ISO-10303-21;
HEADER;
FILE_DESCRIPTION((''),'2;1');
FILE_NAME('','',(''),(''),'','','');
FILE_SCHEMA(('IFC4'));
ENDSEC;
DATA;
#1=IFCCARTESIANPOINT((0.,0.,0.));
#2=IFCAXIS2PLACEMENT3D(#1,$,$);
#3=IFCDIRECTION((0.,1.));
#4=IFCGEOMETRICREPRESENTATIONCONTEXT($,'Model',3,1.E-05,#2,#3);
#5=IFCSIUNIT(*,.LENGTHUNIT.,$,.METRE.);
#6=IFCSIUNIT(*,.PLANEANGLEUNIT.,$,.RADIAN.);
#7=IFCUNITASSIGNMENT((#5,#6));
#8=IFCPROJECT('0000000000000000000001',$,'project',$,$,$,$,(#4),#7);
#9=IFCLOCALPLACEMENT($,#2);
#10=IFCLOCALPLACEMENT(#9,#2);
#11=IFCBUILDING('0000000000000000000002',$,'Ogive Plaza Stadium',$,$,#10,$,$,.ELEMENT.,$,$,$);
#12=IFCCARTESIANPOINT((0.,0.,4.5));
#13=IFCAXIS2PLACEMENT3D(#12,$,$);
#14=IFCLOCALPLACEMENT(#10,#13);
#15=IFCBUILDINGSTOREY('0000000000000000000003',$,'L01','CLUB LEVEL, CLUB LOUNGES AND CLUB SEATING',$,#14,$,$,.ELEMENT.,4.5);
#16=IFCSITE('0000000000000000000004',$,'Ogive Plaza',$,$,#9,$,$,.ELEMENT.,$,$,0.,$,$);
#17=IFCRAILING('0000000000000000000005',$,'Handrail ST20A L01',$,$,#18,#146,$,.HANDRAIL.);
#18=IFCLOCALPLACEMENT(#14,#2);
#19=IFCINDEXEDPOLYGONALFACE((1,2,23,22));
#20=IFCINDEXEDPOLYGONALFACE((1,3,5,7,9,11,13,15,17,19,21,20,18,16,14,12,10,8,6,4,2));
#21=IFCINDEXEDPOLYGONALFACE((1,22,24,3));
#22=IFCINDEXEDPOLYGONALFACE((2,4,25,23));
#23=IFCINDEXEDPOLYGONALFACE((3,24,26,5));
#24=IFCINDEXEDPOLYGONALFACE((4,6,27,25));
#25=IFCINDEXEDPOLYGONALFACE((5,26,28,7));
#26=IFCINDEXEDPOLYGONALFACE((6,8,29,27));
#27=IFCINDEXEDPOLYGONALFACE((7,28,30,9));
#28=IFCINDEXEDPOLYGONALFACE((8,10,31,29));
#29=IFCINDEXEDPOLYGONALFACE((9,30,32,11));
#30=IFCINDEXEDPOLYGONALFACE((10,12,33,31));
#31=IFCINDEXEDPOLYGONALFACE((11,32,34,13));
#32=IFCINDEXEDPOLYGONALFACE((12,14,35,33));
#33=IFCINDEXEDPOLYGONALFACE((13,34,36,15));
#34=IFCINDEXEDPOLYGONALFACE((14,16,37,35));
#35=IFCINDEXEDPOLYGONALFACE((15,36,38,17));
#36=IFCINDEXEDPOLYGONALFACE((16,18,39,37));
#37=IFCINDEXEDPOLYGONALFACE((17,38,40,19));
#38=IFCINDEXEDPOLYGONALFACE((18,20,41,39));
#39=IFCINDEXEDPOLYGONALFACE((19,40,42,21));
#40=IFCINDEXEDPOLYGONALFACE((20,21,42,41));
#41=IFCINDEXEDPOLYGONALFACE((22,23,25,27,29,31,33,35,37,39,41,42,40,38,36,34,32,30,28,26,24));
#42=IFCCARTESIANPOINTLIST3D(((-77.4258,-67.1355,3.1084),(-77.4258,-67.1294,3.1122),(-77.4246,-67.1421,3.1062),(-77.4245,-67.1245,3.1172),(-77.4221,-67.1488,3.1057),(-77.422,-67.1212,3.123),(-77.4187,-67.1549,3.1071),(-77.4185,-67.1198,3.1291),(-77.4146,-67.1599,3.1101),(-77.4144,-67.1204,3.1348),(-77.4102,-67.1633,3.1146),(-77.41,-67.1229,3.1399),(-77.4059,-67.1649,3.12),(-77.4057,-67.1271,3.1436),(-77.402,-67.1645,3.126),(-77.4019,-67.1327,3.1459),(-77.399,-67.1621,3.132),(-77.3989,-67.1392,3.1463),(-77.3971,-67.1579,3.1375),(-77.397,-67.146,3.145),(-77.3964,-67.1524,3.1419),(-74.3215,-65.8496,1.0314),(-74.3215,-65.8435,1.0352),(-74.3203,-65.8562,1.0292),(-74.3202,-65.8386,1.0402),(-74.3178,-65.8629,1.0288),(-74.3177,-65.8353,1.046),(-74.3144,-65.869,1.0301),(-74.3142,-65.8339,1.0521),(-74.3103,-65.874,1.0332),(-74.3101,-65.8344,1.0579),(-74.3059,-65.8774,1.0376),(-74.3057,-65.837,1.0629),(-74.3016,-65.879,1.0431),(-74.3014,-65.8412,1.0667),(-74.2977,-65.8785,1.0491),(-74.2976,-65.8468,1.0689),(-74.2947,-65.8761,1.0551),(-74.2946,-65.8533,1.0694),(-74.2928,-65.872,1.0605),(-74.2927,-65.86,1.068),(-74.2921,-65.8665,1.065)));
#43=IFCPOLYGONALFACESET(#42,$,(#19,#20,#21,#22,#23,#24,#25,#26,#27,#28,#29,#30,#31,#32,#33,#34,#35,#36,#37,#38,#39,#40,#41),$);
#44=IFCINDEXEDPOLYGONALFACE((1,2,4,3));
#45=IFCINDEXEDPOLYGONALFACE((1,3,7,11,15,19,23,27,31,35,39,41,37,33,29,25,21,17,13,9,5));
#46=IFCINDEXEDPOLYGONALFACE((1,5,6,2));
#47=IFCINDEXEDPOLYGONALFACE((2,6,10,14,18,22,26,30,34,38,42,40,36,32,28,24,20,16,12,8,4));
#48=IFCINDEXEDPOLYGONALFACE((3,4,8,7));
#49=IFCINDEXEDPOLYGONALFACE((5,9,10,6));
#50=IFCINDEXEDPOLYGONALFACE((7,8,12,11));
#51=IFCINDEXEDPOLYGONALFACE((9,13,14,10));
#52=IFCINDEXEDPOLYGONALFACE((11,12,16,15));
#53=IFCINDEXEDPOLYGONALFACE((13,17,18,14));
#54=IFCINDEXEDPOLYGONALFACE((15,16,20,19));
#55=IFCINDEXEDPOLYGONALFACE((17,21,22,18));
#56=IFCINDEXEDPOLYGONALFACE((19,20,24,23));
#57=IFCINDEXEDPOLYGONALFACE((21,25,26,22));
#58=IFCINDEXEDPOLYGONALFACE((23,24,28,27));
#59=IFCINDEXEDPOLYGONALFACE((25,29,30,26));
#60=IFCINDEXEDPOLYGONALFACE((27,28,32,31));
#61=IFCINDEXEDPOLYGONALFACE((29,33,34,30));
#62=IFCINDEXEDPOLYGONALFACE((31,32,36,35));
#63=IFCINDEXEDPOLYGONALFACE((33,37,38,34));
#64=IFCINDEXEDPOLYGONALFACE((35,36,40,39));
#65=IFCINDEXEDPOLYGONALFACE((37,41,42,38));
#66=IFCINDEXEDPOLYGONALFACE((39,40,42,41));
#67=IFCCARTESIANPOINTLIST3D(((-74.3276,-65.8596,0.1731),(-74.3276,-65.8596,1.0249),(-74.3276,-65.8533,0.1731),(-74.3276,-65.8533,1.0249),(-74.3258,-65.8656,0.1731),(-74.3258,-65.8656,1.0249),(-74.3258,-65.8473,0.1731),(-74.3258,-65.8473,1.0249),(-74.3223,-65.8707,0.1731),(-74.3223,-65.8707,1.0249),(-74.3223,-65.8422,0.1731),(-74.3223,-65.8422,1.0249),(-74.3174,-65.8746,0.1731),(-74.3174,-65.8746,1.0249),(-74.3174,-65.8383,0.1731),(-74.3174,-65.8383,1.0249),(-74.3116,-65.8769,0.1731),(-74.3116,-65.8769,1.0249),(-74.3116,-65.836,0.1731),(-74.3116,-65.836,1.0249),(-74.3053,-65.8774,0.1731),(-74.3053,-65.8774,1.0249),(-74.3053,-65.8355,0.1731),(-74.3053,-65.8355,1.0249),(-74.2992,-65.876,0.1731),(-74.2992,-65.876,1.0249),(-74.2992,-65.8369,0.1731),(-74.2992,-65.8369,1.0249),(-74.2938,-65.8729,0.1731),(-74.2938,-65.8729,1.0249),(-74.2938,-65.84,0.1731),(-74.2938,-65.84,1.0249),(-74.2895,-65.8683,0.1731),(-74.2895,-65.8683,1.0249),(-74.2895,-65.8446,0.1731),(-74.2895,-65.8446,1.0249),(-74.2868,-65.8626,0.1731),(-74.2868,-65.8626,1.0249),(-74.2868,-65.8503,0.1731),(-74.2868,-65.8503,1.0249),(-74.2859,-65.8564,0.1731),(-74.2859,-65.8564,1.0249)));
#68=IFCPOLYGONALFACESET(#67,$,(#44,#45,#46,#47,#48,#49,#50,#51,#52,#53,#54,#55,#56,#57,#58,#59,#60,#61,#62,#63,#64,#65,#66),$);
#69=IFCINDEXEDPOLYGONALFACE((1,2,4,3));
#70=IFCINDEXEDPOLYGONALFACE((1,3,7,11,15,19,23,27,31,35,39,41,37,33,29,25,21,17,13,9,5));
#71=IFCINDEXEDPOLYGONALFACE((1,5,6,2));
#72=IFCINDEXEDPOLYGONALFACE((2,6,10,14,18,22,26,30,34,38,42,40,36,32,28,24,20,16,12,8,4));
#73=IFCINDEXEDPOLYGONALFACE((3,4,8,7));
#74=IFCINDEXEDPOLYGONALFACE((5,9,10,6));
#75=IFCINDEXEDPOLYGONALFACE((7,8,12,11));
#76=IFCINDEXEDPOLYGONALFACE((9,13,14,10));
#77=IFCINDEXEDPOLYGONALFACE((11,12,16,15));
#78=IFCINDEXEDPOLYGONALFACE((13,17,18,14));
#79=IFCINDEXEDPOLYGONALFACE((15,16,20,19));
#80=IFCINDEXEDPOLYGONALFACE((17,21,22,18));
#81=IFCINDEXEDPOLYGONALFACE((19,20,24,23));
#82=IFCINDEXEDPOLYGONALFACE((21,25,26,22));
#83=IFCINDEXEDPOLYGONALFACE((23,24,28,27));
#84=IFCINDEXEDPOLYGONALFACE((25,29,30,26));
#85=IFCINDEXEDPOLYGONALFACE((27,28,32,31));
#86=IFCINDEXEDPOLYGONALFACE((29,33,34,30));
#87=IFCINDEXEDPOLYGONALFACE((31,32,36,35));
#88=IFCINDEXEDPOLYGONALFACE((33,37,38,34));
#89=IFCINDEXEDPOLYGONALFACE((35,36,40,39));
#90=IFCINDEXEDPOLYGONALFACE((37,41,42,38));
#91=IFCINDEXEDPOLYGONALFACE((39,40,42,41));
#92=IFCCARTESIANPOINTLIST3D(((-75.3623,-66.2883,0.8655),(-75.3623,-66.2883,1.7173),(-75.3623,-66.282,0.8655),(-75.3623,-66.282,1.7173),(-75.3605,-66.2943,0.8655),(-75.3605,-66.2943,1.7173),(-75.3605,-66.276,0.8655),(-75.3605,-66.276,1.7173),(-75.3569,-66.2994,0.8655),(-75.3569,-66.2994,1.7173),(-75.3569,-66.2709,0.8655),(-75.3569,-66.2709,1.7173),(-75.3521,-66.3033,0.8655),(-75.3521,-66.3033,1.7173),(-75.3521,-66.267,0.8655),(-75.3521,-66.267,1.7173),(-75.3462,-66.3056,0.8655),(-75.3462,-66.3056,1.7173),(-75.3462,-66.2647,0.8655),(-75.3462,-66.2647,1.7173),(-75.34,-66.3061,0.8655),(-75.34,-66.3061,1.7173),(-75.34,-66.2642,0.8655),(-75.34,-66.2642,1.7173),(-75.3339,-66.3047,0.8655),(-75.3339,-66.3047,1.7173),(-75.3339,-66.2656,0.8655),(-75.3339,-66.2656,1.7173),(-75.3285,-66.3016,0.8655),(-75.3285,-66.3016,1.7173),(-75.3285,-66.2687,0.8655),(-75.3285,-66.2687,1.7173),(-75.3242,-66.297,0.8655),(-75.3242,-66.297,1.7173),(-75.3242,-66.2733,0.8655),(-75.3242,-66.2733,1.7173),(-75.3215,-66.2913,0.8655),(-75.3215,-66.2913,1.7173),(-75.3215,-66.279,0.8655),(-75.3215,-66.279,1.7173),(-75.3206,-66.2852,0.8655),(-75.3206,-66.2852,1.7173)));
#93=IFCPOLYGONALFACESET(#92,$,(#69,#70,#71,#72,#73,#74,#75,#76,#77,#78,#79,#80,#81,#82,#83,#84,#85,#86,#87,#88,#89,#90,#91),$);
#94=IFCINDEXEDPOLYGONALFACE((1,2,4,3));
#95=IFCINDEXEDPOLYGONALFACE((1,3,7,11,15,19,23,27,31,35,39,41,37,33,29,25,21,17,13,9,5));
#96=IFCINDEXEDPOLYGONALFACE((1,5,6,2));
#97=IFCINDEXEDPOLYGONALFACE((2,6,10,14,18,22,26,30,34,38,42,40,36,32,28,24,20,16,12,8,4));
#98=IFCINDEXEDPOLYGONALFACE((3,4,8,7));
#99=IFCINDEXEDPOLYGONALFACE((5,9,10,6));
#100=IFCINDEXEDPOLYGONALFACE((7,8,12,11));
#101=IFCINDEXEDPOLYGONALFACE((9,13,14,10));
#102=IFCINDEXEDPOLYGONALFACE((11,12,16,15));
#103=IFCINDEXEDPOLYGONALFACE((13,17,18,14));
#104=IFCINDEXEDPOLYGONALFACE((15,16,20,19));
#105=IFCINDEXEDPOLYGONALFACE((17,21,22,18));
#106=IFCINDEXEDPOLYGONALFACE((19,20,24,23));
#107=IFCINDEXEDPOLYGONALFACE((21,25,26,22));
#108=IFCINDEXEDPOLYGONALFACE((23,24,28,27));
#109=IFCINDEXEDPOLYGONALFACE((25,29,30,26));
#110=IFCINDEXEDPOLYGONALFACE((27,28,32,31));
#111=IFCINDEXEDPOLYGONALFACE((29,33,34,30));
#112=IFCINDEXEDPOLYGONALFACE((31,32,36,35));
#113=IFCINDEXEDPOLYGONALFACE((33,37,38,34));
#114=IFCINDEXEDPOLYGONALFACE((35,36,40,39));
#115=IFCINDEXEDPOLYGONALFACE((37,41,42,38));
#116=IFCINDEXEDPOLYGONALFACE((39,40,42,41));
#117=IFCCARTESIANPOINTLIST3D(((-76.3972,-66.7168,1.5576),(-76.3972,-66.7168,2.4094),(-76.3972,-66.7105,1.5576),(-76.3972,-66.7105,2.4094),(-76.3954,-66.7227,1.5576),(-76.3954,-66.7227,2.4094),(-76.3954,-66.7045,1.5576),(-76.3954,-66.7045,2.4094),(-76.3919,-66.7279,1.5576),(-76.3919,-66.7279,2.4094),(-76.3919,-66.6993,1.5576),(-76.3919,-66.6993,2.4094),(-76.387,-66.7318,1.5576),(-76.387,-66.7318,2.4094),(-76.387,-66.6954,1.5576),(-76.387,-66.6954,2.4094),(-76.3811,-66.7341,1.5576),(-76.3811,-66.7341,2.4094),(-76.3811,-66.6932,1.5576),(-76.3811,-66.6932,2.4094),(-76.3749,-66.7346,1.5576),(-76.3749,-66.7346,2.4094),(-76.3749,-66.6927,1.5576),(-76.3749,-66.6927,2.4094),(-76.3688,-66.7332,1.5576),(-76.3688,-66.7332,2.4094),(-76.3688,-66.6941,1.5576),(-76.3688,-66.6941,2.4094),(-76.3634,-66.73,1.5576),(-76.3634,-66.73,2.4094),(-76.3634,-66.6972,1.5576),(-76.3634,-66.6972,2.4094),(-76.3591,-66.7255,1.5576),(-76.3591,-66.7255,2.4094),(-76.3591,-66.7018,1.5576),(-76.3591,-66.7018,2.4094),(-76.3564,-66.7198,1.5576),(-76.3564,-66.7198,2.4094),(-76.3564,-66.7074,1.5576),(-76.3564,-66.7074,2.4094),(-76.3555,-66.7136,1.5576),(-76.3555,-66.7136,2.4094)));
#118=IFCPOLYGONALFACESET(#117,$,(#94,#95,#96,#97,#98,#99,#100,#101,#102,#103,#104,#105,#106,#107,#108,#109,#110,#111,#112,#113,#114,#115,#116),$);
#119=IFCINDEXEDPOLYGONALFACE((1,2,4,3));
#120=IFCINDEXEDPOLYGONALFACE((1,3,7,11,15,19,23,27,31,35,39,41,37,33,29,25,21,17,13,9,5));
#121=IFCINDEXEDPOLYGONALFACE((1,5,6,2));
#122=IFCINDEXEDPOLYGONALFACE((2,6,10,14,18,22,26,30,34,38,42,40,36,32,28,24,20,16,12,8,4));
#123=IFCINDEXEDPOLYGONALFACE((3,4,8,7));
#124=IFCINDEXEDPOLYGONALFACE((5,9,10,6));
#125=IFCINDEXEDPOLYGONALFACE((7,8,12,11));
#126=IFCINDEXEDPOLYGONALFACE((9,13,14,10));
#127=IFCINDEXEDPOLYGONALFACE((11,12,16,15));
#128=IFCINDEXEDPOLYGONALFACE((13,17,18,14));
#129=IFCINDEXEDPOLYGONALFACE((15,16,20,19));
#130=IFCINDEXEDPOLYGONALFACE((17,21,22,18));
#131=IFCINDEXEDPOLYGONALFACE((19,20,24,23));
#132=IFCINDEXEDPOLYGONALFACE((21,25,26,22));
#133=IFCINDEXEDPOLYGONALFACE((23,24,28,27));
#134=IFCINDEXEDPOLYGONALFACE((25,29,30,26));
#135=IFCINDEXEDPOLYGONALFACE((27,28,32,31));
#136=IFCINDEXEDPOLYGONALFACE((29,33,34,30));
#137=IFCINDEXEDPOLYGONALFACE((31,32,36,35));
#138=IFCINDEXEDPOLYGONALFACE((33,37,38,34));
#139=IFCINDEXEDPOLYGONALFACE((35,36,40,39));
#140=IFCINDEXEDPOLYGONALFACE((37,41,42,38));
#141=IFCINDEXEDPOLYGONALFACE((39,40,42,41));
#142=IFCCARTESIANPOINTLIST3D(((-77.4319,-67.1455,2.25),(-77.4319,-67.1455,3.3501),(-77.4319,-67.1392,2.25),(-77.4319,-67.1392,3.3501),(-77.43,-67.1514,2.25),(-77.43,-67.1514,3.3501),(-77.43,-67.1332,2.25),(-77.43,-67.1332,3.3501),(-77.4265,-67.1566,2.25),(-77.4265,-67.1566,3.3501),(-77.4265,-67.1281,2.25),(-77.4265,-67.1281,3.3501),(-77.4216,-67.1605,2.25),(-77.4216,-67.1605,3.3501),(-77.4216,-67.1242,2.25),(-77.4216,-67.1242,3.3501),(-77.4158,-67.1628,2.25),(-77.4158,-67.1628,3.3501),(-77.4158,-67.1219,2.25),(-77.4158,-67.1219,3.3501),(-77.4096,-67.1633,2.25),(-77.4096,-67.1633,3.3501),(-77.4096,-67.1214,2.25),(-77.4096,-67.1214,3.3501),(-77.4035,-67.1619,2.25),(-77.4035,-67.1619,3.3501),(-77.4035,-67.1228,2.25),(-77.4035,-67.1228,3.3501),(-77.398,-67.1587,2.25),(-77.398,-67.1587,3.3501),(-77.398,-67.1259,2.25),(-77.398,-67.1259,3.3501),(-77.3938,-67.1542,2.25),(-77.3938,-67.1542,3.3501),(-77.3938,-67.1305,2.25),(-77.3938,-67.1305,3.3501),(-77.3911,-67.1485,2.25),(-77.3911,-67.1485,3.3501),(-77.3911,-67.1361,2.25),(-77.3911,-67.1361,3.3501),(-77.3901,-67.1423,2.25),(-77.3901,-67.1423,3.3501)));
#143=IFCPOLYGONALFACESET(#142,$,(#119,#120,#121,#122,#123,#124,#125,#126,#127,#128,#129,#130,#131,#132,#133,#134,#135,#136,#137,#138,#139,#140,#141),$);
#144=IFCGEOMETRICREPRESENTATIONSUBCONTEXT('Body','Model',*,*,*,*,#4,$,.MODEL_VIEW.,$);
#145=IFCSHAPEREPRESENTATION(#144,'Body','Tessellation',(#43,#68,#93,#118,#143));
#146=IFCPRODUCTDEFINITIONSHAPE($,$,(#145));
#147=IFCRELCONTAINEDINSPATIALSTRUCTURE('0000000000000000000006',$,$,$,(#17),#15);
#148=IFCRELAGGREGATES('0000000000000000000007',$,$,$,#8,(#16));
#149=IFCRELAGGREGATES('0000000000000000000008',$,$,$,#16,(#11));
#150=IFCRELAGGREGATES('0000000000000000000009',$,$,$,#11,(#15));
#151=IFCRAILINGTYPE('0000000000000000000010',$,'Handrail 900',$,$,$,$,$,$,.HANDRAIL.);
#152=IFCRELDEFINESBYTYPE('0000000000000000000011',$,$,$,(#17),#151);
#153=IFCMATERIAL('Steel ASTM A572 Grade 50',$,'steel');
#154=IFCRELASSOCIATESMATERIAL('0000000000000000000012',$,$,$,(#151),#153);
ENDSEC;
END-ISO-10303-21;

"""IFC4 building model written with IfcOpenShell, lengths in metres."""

from ifc_helpers import new_model, si_unit, direction, frame, origin, origin_2d, place, context, subcontext, project, spatial, circle, extrude, material, type_object, element, save


model = new_model("IFC4")

# Units and contexts
model_context = context("Model", 3, precision=1e-05, world=origin(), true_north=direction((0.0, 1.0)))
body_context = subcontext(model_context, "Body", "Model", "MODEL_VIEW")
ifc_project = project(units=[si_unit("LENGTHUNIT", "METRE"), si_unit("PLANEANGLEUNIT", "RADIAN")], contexts=[model_context])

# Site, building, storey
site_placement = place(None, origin())
site = spatial("IfcSite", under=ifc_project, at=site_placement, Name="Ogive Plaza", CompositionType="ELEMENT", RefElevation=0.0)
building_placement = place(site_placement, origin())
building = spatial("IfcBuilding", under=site, at=building_placement, Name="Ogive Plaza Stadium", CompositionType="ELEMENT")
storey_placement = place(building_placement, frame((0.0, 0.0, 4.5)))
storey = spatial("IfcBuildingStorey", under=building, at=storey_placement, Name="L01", Description="CLUB LEVEL, CLUB LOUNGES AND CLUB SEATING", CompositionType="ELEMENT", Elevation=4.5)

# Railing
ifc_material_1 = material(Name="Steel ASTM A572 Grade 50", Category="steel")
railing_type_1 = type_object("IfcRailingType", Name="Handrail 900", PredefinedType="HANDRAIL", material=ifc_material_1)
for number, where, name in (
    (1, (-74.3069, -65.8564, 0.1731), "Handrail ST20A L01"),
):
    element("IfcRailing", number, at=place(storey_placement, frame(where)), inside=storey, type_object=railing_type_1, Name=name, PredefinedType="HANDRAIL", context=body_context, shape_type="SweptSolid", body=[
        extrude(circle(Radius=0.0239, at=origin_2d()), frame((0.0, 0.0, 0.876), z_axis=(-0.785863, -0.325532, 0.525783), x_axis=(0.3827, -0.923872, 0.0)), (0.0, 0.0, 1.0), 3.9502),
        extrude(circle(Radius=0.021, at=origin_2d()), origin(), (0.0, 0.0, 1.0), 0.8518),
        extrude(circle(Radius=0.021, at=origin_2d()), frame((-1.0347, -0.4287, 0.6924)), (0.0, 0.0, 1.0), 0.8518),
        extrude(circle(Radius=0.021, at=origin_2d()), frame((-2.0696, -0.8572, 1.3845)), (0.0, 0.0, 1.0), 0.8518),
        extrude(circle(Radius=0.021, at=origin_2d()), frame((-3.1042, -1.2859, 2.0769)), (0.0, 0.0, 1.0), 1.1001),
    ])

save(model, "model.ifc")
